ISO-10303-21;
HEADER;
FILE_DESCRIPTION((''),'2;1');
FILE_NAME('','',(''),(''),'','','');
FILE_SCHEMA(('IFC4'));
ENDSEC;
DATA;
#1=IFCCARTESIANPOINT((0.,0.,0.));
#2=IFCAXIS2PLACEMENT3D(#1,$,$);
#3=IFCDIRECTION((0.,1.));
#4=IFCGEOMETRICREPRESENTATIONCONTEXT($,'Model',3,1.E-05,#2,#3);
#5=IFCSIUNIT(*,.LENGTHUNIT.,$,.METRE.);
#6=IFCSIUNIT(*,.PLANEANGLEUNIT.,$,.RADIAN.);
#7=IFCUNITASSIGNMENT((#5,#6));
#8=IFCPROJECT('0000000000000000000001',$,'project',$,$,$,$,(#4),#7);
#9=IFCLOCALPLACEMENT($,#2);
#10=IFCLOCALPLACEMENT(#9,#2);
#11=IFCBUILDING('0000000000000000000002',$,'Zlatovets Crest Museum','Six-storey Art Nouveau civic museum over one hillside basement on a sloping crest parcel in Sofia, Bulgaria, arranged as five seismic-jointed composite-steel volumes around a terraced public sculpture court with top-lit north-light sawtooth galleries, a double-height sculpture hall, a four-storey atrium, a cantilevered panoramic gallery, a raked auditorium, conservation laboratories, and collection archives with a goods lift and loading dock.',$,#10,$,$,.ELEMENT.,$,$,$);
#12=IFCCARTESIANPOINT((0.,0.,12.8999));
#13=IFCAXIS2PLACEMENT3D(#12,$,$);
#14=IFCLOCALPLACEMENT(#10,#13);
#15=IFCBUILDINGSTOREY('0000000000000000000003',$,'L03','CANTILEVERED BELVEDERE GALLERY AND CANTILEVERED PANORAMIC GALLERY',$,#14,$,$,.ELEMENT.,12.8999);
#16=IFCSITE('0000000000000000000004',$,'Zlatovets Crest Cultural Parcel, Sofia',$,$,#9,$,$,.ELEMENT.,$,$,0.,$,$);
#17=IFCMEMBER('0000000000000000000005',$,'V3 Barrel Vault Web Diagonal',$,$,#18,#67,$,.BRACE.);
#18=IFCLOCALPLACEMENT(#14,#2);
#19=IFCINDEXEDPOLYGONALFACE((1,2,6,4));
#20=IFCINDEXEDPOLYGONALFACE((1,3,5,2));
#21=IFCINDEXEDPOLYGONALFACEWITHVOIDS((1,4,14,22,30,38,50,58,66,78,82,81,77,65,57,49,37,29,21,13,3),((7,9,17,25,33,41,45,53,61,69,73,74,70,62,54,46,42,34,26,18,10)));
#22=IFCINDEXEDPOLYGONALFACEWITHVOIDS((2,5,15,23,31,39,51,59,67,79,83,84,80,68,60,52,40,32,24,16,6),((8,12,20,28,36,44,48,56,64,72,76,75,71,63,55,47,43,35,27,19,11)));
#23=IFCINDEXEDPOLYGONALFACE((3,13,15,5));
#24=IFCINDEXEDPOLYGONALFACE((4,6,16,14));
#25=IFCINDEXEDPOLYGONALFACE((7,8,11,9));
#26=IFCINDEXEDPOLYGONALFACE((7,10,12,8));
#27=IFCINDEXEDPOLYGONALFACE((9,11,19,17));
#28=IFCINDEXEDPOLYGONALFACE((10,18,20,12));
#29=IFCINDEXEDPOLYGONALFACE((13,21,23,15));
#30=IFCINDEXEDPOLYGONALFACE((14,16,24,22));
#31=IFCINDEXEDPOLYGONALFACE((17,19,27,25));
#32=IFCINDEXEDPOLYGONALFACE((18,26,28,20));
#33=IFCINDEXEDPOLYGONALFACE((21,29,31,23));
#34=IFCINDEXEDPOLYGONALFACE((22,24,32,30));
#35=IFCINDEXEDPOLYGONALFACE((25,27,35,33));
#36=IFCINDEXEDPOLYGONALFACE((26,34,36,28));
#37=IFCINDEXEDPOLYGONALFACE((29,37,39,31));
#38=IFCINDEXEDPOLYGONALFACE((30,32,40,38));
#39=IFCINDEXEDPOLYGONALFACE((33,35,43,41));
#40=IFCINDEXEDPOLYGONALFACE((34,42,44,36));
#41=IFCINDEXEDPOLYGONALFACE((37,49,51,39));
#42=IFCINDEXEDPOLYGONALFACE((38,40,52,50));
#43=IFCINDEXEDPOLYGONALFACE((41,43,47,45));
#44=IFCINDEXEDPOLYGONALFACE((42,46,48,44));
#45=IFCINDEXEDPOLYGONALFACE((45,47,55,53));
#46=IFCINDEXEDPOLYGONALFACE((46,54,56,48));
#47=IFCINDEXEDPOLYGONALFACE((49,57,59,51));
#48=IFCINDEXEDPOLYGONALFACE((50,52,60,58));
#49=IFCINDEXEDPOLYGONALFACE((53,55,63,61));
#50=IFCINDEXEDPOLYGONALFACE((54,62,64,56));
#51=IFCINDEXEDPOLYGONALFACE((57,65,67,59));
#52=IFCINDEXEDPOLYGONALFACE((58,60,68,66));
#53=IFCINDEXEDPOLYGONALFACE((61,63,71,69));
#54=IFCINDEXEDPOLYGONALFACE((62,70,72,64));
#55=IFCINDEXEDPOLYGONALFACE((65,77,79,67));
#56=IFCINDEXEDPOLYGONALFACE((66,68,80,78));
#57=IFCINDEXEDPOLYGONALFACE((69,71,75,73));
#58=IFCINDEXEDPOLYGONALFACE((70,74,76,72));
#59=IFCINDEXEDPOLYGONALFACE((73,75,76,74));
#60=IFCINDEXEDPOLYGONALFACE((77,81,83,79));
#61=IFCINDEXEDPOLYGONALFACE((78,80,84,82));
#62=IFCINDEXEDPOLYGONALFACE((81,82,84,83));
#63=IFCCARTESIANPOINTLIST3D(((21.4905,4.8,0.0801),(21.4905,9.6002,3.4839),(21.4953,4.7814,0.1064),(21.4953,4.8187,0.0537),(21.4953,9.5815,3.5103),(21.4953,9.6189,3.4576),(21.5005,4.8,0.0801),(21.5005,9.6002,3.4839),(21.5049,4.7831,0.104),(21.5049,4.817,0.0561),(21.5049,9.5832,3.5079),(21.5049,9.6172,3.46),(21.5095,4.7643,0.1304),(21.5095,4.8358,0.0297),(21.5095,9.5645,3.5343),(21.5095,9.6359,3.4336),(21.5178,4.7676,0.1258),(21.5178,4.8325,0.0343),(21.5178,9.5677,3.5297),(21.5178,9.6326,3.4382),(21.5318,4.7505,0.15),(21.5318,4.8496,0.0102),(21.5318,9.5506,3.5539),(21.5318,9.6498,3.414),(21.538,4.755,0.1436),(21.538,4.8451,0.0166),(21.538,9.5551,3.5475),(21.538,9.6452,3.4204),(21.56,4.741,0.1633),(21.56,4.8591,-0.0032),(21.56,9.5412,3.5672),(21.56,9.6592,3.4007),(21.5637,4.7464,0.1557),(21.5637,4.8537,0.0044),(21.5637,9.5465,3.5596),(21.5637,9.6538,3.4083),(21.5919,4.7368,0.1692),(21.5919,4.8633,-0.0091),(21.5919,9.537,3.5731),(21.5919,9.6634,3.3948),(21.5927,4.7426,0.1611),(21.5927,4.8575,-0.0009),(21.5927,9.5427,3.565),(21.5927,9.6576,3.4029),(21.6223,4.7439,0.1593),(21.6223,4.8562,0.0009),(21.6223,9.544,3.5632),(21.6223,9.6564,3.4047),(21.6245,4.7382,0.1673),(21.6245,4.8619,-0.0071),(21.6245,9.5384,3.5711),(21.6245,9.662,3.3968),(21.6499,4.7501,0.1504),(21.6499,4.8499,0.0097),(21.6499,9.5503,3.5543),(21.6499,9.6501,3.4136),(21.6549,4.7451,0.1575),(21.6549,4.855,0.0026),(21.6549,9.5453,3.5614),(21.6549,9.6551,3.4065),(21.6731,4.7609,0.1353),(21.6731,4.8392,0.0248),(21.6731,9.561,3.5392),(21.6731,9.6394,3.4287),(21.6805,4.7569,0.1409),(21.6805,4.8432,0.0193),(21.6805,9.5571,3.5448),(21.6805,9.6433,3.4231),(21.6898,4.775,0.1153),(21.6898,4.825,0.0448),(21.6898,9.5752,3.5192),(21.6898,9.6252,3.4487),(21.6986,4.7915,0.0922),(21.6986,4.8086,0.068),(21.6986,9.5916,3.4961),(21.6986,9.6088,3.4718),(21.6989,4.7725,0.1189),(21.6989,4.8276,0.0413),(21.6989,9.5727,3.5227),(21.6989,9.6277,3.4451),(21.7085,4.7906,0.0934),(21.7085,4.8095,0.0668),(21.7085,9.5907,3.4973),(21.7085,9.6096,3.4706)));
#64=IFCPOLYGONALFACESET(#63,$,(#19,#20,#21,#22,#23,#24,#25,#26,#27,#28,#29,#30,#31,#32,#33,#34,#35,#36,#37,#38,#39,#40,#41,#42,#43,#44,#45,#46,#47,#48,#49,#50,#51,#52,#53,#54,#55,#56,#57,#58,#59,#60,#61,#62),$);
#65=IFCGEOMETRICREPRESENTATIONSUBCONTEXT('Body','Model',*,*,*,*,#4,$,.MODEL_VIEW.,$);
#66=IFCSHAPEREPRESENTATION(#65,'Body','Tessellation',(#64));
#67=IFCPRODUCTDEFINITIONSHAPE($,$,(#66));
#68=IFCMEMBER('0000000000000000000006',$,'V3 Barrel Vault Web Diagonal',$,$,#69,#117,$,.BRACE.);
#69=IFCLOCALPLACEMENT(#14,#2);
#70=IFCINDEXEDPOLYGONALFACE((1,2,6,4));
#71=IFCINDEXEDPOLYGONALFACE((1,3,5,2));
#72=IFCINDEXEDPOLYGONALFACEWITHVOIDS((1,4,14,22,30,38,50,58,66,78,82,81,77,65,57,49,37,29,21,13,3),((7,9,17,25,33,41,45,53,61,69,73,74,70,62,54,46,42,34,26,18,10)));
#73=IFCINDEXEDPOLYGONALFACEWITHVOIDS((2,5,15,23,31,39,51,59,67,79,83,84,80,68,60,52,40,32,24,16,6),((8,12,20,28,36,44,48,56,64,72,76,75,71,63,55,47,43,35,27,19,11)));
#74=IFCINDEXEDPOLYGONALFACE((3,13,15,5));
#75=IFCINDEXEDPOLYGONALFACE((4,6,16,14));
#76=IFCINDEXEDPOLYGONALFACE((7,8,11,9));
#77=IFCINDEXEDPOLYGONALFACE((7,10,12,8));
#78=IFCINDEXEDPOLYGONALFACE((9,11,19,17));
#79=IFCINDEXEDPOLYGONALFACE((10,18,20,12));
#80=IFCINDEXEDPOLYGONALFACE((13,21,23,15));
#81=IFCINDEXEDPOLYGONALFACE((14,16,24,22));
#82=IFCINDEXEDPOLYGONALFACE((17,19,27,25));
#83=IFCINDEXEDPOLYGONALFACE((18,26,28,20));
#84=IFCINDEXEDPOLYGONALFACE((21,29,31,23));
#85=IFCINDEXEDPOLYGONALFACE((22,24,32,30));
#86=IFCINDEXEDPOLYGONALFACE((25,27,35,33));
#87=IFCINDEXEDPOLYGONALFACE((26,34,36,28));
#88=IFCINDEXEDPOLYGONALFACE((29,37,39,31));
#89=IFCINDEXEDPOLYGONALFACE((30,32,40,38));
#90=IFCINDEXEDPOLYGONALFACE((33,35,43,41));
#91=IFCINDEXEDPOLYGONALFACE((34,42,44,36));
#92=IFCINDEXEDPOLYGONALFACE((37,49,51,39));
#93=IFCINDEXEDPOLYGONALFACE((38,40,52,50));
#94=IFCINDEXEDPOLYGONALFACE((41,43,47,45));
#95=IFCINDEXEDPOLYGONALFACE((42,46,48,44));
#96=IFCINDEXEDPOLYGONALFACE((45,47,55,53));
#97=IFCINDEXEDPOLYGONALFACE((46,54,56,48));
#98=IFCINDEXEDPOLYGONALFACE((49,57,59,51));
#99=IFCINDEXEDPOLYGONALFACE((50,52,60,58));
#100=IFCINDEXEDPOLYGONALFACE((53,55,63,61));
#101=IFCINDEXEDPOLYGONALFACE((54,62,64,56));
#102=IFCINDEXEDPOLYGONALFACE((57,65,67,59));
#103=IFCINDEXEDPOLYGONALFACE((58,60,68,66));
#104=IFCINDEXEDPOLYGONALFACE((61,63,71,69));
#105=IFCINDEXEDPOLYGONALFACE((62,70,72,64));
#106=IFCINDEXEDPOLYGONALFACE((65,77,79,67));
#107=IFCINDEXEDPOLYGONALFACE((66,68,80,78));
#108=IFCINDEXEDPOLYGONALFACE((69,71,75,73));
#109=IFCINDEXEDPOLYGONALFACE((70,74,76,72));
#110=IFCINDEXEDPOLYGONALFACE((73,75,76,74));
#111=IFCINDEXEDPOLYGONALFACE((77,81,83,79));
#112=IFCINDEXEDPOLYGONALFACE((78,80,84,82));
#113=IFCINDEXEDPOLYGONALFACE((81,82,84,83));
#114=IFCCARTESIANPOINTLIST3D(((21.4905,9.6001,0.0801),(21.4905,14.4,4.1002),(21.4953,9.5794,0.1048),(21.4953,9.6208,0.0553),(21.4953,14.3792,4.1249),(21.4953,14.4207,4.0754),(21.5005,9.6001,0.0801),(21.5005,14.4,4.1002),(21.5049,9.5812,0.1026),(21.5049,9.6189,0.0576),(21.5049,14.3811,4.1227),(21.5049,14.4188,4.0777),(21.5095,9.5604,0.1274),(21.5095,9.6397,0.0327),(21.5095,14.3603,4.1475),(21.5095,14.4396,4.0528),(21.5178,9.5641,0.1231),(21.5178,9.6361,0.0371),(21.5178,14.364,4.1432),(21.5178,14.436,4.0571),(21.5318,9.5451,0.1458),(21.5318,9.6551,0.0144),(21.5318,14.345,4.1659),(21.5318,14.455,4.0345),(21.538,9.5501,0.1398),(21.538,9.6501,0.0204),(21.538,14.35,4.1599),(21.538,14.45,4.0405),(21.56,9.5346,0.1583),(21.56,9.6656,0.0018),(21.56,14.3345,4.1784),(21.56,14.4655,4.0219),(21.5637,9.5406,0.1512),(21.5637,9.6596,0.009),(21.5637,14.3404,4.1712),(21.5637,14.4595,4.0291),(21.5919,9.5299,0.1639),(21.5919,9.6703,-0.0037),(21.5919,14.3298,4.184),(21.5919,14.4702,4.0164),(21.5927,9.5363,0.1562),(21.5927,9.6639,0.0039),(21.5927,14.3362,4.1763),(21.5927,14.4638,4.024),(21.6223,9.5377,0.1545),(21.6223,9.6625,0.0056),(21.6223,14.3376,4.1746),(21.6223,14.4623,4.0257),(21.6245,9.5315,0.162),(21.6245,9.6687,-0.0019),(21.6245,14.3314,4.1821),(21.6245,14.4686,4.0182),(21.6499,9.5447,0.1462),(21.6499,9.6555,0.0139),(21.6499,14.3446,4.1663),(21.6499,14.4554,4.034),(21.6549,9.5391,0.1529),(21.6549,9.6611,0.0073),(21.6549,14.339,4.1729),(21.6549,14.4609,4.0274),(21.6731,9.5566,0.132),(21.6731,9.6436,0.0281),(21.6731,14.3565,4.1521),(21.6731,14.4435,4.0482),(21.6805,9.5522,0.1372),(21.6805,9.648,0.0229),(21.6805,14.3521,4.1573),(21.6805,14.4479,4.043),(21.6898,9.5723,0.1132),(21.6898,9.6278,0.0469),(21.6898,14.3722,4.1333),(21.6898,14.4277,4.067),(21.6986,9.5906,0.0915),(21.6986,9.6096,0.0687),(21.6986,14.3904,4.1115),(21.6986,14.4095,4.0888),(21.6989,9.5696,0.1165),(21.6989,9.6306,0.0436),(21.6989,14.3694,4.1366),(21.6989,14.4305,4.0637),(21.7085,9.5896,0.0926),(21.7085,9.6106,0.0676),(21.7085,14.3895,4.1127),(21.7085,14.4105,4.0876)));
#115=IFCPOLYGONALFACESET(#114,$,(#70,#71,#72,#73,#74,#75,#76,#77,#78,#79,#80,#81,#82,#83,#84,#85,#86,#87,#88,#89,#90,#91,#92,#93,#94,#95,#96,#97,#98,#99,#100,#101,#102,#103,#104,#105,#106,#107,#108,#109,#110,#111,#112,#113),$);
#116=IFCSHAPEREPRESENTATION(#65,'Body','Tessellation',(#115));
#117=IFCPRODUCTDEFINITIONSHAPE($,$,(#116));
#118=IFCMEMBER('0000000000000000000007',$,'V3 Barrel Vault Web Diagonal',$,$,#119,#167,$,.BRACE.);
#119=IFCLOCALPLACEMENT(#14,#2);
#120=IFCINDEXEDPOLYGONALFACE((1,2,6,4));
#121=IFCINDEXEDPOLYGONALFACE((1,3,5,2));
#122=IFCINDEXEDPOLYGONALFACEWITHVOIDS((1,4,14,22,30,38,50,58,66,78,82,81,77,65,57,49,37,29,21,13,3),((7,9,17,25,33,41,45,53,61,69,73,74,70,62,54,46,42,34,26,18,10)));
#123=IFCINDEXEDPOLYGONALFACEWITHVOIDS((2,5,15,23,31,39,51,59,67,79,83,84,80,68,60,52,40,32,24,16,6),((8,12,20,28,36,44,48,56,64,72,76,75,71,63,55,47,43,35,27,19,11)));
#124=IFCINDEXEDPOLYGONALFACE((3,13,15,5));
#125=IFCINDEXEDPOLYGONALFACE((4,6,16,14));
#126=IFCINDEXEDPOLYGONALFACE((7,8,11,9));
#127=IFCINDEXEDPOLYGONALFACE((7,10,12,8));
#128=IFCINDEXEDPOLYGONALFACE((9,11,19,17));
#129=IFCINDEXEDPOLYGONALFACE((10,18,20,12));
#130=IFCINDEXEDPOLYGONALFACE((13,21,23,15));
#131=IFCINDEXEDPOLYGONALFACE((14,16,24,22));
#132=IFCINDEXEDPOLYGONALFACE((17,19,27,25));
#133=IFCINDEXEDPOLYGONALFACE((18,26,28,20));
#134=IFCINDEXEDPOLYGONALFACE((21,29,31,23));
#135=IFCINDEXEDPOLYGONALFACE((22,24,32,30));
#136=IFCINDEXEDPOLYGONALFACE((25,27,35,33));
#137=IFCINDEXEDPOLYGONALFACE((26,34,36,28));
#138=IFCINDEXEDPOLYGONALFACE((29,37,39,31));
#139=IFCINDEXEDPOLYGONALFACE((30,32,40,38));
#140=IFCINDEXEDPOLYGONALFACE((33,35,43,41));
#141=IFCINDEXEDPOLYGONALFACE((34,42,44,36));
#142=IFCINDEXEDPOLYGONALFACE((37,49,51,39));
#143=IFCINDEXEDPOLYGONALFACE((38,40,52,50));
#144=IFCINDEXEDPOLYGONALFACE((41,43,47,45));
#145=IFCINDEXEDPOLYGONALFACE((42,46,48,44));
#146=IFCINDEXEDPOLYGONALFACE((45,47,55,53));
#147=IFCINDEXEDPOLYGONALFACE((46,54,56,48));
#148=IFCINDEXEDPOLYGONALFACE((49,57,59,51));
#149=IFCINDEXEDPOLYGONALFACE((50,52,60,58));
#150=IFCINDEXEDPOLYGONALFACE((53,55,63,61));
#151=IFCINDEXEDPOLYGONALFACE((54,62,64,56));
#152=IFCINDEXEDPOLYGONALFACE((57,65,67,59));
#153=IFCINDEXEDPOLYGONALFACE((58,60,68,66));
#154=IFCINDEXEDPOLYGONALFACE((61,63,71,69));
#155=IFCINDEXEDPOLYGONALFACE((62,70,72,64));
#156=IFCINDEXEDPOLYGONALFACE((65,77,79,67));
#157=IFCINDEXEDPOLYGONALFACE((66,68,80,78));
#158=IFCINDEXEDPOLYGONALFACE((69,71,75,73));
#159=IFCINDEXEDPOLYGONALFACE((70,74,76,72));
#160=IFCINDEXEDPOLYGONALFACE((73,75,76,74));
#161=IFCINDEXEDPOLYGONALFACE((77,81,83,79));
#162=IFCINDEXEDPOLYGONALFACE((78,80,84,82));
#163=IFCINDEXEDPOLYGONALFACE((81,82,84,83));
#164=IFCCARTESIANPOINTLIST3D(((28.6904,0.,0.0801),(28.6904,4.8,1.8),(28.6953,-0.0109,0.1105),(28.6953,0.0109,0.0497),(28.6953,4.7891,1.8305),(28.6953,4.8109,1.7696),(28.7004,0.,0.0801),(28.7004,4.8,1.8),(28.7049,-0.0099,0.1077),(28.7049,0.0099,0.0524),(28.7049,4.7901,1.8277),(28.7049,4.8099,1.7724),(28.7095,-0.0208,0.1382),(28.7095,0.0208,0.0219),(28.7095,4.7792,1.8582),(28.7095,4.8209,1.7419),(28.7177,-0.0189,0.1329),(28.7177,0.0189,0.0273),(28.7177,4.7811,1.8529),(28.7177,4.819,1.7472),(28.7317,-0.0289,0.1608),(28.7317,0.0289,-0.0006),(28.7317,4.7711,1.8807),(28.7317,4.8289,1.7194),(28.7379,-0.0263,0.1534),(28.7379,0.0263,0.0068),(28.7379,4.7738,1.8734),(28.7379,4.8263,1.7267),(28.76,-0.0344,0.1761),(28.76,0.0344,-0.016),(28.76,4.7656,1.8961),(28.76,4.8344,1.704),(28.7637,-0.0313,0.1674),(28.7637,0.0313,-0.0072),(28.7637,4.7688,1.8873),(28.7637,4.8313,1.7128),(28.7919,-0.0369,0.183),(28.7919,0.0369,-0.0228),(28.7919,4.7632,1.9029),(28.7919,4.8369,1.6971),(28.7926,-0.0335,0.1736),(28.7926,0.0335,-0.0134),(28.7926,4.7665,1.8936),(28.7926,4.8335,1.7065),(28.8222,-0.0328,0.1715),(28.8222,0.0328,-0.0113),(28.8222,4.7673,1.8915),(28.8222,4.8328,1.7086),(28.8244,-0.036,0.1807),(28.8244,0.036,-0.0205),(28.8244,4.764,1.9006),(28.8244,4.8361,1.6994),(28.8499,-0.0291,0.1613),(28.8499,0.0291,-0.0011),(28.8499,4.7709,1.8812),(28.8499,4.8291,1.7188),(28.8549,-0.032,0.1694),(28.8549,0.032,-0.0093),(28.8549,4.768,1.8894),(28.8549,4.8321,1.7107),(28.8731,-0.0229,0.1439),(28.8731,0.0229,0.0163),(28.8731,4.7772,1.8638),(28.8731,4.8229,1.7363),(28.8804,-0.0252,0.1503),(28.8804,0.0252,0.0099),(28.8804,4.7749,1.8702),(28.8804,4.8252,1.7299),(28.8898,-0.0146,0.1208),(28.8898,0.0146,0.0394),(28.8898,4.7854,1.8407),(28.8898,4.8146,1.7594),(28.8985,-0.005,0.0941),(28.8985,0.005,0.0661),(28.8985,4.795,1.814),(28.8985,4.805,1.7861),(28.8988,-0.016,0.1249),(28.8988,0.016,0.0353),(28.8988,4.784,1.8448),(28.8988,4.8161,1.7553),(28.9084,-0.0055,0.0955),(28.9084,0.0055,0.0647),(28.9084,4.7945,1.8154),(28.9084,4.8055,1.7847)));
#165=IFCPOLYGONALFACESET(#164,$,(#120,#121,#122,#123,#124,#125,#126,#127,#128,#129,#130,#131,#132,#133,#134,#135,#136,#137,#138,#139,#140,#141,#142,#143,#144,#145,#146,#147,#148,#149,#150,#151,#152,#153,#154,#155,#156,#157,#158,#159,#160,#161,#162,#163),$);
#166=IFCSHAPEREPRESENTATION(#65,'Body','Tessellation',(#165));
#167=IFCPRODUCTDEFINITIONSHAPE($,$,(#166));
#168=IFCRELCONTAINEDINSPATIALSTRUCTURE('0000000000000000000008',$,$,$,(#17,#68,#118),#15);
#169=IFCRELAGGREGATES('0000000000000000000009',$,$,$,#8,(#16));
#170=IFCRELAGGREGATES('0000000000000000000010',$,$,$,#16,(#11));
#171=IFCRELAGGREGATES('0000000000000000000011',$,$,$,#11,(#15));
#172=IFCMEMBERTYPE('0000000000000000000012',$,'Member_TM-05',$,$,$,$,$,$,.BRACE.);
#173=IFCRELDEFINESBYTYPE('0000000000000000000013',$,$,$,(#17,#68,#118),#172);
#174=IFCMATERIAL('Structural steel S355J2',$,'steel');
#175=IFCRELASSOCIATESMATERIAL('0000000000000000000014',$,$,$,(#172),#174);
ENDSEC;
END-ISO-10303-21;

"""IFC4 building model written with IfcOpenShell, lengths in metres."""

from ifc_helpers import new_model, si_unit, direction, frame, origin, origin_2d, place, context, subcontext, project, spatial, hollow_circle, extrude, material, material_profile, profile_set, type_object, element, save


model = new_model("IFC4")

# Units and contexts
model_context = context("Model", 3, precision=1e-05, world=origin(), true_north=direction((0.0, 1.0)))
body_context = subcontext(model_context, "Body", "Model", "MODEL_VIEW")
ifc_project = project(units=[si_unit("LENGTHUNIT", "METRE"), si_unit("PLANEANGLEUNIT", "RADIAN")], contexts=[model_context])

# Site, building, storey
site_placement = place(None, origin())
site = spatial("IfcSite", under=ifc_project, at=site_placement, Name="Zlatovets Crest Cultural Parcel, Sofia", CompositionType="ELEMENT", RefElevation=0.0)
building_placement = place(site_placement, origin())
building = spatial("IfcBuilding", under=site, at=building_placement, Name="Zlatovets Crest Museum", Description="Six-storey Art Nouveau civic museum over one hillside basement on a sloping crest parcel in Sofia, Bulgaria, arranged as five seismic-jointed composite-steel volumes around a terraced public sculpture court with top-lit north-light sawtooth galleries, a double-height sculpture hall, a four-storey atrium, a cantilevered panoramic gallery, a raked auditorium, conservation laboratories, and collection archives with a goods lift and loading dock.", CompositionType="ELEMENT")
storey_placement = place(building_placement, frame((0.0, 0.0, 12.8999)))
storey = spatial("IfcBuildingStorey", under=building, at=storey_placement, Name="L03", Description="CANTILEVERED BELVEDERE GALLERY AND CANTILEVERED PANORAMIC GALLERY", CompositionType="ELEMENT", Elevation=12.8999)

# Shared definitions
ifc_material_1 = material(Name="Structural steel S355J2", Category="steel")

# Members
ifc_material_profile_1 = material_profile(ifc_material_1, hollow_circle(Radius=0.1096, WallThickness=0.01, at=origin_2d()), Name="CHS 219.1x10.0")
ifc_profile_set_1 = profile_set([ifc_material_profile_1], Name="Structural steel S355J2")
member_type_1 = type_object("IfcMemberType", Name="Member_TM-05", PredefinedType="BRACE", material=ifc_profile_set_1)
member_1_placement = place(storey_placement, frame((21.6001, 4.8, 0.0801), z_axis=(0.0, 0.815722, 0.578444), x_axis=(-1.0, 0.0, 0.0)))
element("IfcMember", 1, at=member_1_placement, inside=storey, type_object=member_type_1, Name="V3 Barrel Vault Web Diagonal", PredefinedType="BRACE", context=body_context, shape_type="SweptSolid", body=[
    extrude(hollow_circle(Radius=0.1096, WallThickness=0.01, at=origin_2d()), origin(), (0.0, 0.0, 1.0), 5.8845),
])
member_2_placement = place(storey_placement, frame((21.6001, 9.6001, 0.0801), z_axis=(0.0, 0.766634, 0.642085), x_axis=(-1.0, 0.0, 0.0)))
element("IfcMember", 2, at=member_2_placement, inside=storey, type_object=member_type_1, Name="V3 Barrel Vault Web Diagonal", PredefinedType="BRACE", context=body_context, shape_type="SweptSolid", body=[
    extrude(hollow_circle(Radius=0.1096, WallThickness=0.01, at=origin_2d()), origin(), (0.0, 0.0, 1.0), 6.261),
])
member_3_placement = place(storey_placement, frame((28.8, 0.0, 0.0801), z_axis=(0.0, 0.941389, 0.337322), x_axis=(-1.0, 0.0, 0.0)))
element("IfcMember", 3, at=member_3_placement, inside=storey, type_object=member_type_1, Name="V3 Barrel Vault Web Diagonal", PredefinedType="BRACE", context=body_context, shape_type="SweptSolid", body=[
    extrude(hollow_circle(Radius=0.1096, WallThickness=0.01, at=origin_2d()), origin(), (0.0, 0.0, 1.0), 5.0989),
])

save(model, "model.ifc")
